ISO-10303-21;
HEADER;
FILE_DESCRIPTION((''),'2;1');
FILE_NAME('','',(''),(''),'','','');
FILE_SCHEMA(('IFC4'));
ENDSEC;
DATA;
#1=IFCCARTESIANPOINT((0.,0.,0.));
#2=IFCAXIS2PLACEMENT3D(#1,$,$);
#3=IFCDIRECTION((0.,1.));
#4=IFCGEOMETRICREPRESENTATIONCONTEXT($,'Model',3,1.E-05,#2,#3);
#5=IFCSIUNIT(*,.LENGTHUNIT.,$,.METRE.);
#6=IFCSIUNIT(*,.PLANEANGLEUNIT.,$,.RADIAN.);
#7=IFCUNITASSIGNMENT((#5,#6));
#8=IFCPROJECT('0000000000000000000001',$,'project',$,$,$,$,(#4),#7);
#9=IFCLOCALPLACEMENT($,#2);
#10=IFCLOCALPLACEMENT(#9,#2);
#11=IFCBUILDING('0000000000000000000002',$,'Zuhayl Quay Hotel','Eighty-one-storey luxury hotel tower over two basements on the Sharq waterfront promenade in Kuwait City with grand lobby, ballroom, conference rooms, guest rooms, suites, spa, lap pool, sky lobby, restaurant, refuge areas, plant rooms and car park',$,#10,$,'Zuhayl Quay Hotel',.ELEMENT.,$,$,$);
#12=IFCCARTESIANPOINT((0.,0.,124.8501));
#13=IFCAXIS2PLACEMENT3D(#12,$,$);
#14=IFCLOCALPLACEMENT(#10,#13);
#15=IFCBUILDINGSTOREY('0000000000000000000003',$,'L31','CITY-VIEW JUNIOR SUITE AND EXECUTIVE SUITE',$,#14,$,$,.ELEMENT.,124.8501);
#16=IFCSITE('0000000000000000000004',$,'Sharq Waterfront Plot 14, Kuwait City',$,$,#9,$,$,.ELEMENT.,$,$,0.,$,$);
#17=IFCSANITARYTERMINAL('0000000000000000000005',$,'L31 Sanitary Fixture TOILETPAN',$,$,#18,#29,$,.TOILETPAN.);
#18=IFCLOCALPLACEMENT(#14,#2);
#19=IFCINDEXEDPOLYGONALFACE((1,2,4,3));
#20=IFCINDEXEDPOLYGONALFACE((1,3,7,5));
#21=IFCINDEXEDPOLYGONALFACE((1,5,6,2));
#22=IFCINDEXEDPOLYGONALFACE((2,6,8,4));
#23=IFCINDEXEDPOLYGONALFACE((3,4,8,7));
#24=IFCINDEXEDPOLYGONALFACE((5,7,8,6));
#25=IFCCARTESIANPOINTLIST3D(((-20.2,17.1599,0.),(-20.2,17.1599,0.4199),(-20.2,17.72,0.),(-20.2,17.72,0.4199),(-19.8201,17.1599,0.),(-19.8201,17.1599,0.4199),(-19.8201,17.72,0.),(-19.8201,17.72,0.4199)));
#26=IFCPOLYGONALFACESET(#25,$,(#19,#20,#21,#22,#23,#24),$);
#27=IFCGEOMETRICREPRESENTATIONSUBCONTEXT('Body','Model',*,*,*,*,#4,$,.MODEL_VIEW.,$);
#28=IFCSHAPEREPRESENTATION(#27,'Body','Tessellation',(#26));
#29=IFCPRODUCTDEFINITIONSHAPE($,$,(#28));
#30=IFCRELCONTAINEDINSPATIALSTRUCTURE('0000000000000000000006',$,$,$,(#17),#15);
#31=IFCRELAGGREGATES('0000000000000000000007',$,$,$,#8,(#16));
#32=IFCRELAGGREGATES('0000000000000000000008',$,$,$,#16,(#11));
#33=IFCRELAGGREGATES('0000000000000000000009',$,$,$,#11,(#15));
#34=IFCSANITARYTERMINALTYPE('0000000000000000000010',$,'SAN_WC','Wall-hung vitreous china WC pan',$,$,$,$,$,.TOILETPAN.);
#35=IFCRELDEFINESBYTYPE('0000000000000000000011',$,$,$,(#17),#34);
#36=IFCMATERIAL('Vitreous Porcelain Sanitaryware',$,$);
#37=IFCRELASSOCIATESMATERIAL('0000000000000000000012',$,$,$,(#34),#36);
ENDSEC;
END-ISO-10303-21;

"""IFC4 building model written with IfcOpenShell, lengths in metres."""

from ifc_helpers import new_model, si_unit, direction, frame, origin, origin_2d, place, context, subcontext, project, spatial, rectangle, extrude, material, type_object, element, save


model = new_model("IFC4")

# Units and contexts
model_context = context("Model", 3, precision=1e-05, world=origin(), true_north=direction((0.0, 1.0)))
body_context = subcontext(model_context, "Body", "Model", "MODEL_VIEW")
ifc_project = project(units=[si_unit("LENGTHUNIT", "METRE"), si_unit("PLANEANGLEUNIT", "RADIAN")], contexts=[model_context])

# Site, building, storey
site_placement = place(None, origin())
site = spatial("IfcSite", under=ifc_project, at=site_placement, Name="Sharq Waterfront Plot 14, Kuwait City", CompositionType="ELEMENT", RefElevation=0.0)
building_placement = place(site_placement, origin())
building = spatial("IfcBuilding", under=site, at=building_placement, Name="Zuhayl Quay Hotel", Description="Eighty-one-storey luxury hotel tower over two basements on the Sharq waterfront promenade in Kuwait City with grand lobby, ballroom, conference rooms, guest rooms, suites, spa, lap pool, sky lobby, restaurant, refuge areas, plant rooms and car park", LongName="Zuhayl Quay Hotel", CompositionType="ELEMENT")
storey_placement = place(building_placement, frame((0.0, 0.0, 124.8501)))
storey = spatial("IfcBuildingStorey", under=building, at=storey_placement, Name="L31", Description="CITY-VIEW JUNIOR SUITE AND EXECUTIVE SUITE", CompositionType="ELEMENT", Elevation=124.8501)

# Sanitary terminal
ifc_material_1 = material(Name="Vitreous Porcelain Sanitaryware")
sanitary_terminal_type_1 = type_object("IfcSanitaryTerminalType", Name="SAN_WC", Description="Wall-hung vitreous china WC pan", PredefinedType="TOILETPAN", material=ifc_material_1)
sanitary_terminal_1_placement = place(storey_placement, frame((-20.01, 17.4399, 0.0), z_axis=(0.0, 0.0, 1.0), x_axis=(1.0, 0.0, 0.0)))
element("IfcSanitaryTerminal", 1, at=sanitary_terminal_1_placement, inside=storey, type_object=sanitary_terminal_type_1, Name="L31 Sanitary Fixture TOILETPAN", PredefinedType="TOILETPAN", context=body_context, shape_type="SweptSolid", body=[
    extrude(rectangle(XDim=0.3799, YDim=0.5601, at=origin_2d()), origin(), (0.0, 0.0, 1.0), 0.4199),
])

save(model, "model.ifc")
